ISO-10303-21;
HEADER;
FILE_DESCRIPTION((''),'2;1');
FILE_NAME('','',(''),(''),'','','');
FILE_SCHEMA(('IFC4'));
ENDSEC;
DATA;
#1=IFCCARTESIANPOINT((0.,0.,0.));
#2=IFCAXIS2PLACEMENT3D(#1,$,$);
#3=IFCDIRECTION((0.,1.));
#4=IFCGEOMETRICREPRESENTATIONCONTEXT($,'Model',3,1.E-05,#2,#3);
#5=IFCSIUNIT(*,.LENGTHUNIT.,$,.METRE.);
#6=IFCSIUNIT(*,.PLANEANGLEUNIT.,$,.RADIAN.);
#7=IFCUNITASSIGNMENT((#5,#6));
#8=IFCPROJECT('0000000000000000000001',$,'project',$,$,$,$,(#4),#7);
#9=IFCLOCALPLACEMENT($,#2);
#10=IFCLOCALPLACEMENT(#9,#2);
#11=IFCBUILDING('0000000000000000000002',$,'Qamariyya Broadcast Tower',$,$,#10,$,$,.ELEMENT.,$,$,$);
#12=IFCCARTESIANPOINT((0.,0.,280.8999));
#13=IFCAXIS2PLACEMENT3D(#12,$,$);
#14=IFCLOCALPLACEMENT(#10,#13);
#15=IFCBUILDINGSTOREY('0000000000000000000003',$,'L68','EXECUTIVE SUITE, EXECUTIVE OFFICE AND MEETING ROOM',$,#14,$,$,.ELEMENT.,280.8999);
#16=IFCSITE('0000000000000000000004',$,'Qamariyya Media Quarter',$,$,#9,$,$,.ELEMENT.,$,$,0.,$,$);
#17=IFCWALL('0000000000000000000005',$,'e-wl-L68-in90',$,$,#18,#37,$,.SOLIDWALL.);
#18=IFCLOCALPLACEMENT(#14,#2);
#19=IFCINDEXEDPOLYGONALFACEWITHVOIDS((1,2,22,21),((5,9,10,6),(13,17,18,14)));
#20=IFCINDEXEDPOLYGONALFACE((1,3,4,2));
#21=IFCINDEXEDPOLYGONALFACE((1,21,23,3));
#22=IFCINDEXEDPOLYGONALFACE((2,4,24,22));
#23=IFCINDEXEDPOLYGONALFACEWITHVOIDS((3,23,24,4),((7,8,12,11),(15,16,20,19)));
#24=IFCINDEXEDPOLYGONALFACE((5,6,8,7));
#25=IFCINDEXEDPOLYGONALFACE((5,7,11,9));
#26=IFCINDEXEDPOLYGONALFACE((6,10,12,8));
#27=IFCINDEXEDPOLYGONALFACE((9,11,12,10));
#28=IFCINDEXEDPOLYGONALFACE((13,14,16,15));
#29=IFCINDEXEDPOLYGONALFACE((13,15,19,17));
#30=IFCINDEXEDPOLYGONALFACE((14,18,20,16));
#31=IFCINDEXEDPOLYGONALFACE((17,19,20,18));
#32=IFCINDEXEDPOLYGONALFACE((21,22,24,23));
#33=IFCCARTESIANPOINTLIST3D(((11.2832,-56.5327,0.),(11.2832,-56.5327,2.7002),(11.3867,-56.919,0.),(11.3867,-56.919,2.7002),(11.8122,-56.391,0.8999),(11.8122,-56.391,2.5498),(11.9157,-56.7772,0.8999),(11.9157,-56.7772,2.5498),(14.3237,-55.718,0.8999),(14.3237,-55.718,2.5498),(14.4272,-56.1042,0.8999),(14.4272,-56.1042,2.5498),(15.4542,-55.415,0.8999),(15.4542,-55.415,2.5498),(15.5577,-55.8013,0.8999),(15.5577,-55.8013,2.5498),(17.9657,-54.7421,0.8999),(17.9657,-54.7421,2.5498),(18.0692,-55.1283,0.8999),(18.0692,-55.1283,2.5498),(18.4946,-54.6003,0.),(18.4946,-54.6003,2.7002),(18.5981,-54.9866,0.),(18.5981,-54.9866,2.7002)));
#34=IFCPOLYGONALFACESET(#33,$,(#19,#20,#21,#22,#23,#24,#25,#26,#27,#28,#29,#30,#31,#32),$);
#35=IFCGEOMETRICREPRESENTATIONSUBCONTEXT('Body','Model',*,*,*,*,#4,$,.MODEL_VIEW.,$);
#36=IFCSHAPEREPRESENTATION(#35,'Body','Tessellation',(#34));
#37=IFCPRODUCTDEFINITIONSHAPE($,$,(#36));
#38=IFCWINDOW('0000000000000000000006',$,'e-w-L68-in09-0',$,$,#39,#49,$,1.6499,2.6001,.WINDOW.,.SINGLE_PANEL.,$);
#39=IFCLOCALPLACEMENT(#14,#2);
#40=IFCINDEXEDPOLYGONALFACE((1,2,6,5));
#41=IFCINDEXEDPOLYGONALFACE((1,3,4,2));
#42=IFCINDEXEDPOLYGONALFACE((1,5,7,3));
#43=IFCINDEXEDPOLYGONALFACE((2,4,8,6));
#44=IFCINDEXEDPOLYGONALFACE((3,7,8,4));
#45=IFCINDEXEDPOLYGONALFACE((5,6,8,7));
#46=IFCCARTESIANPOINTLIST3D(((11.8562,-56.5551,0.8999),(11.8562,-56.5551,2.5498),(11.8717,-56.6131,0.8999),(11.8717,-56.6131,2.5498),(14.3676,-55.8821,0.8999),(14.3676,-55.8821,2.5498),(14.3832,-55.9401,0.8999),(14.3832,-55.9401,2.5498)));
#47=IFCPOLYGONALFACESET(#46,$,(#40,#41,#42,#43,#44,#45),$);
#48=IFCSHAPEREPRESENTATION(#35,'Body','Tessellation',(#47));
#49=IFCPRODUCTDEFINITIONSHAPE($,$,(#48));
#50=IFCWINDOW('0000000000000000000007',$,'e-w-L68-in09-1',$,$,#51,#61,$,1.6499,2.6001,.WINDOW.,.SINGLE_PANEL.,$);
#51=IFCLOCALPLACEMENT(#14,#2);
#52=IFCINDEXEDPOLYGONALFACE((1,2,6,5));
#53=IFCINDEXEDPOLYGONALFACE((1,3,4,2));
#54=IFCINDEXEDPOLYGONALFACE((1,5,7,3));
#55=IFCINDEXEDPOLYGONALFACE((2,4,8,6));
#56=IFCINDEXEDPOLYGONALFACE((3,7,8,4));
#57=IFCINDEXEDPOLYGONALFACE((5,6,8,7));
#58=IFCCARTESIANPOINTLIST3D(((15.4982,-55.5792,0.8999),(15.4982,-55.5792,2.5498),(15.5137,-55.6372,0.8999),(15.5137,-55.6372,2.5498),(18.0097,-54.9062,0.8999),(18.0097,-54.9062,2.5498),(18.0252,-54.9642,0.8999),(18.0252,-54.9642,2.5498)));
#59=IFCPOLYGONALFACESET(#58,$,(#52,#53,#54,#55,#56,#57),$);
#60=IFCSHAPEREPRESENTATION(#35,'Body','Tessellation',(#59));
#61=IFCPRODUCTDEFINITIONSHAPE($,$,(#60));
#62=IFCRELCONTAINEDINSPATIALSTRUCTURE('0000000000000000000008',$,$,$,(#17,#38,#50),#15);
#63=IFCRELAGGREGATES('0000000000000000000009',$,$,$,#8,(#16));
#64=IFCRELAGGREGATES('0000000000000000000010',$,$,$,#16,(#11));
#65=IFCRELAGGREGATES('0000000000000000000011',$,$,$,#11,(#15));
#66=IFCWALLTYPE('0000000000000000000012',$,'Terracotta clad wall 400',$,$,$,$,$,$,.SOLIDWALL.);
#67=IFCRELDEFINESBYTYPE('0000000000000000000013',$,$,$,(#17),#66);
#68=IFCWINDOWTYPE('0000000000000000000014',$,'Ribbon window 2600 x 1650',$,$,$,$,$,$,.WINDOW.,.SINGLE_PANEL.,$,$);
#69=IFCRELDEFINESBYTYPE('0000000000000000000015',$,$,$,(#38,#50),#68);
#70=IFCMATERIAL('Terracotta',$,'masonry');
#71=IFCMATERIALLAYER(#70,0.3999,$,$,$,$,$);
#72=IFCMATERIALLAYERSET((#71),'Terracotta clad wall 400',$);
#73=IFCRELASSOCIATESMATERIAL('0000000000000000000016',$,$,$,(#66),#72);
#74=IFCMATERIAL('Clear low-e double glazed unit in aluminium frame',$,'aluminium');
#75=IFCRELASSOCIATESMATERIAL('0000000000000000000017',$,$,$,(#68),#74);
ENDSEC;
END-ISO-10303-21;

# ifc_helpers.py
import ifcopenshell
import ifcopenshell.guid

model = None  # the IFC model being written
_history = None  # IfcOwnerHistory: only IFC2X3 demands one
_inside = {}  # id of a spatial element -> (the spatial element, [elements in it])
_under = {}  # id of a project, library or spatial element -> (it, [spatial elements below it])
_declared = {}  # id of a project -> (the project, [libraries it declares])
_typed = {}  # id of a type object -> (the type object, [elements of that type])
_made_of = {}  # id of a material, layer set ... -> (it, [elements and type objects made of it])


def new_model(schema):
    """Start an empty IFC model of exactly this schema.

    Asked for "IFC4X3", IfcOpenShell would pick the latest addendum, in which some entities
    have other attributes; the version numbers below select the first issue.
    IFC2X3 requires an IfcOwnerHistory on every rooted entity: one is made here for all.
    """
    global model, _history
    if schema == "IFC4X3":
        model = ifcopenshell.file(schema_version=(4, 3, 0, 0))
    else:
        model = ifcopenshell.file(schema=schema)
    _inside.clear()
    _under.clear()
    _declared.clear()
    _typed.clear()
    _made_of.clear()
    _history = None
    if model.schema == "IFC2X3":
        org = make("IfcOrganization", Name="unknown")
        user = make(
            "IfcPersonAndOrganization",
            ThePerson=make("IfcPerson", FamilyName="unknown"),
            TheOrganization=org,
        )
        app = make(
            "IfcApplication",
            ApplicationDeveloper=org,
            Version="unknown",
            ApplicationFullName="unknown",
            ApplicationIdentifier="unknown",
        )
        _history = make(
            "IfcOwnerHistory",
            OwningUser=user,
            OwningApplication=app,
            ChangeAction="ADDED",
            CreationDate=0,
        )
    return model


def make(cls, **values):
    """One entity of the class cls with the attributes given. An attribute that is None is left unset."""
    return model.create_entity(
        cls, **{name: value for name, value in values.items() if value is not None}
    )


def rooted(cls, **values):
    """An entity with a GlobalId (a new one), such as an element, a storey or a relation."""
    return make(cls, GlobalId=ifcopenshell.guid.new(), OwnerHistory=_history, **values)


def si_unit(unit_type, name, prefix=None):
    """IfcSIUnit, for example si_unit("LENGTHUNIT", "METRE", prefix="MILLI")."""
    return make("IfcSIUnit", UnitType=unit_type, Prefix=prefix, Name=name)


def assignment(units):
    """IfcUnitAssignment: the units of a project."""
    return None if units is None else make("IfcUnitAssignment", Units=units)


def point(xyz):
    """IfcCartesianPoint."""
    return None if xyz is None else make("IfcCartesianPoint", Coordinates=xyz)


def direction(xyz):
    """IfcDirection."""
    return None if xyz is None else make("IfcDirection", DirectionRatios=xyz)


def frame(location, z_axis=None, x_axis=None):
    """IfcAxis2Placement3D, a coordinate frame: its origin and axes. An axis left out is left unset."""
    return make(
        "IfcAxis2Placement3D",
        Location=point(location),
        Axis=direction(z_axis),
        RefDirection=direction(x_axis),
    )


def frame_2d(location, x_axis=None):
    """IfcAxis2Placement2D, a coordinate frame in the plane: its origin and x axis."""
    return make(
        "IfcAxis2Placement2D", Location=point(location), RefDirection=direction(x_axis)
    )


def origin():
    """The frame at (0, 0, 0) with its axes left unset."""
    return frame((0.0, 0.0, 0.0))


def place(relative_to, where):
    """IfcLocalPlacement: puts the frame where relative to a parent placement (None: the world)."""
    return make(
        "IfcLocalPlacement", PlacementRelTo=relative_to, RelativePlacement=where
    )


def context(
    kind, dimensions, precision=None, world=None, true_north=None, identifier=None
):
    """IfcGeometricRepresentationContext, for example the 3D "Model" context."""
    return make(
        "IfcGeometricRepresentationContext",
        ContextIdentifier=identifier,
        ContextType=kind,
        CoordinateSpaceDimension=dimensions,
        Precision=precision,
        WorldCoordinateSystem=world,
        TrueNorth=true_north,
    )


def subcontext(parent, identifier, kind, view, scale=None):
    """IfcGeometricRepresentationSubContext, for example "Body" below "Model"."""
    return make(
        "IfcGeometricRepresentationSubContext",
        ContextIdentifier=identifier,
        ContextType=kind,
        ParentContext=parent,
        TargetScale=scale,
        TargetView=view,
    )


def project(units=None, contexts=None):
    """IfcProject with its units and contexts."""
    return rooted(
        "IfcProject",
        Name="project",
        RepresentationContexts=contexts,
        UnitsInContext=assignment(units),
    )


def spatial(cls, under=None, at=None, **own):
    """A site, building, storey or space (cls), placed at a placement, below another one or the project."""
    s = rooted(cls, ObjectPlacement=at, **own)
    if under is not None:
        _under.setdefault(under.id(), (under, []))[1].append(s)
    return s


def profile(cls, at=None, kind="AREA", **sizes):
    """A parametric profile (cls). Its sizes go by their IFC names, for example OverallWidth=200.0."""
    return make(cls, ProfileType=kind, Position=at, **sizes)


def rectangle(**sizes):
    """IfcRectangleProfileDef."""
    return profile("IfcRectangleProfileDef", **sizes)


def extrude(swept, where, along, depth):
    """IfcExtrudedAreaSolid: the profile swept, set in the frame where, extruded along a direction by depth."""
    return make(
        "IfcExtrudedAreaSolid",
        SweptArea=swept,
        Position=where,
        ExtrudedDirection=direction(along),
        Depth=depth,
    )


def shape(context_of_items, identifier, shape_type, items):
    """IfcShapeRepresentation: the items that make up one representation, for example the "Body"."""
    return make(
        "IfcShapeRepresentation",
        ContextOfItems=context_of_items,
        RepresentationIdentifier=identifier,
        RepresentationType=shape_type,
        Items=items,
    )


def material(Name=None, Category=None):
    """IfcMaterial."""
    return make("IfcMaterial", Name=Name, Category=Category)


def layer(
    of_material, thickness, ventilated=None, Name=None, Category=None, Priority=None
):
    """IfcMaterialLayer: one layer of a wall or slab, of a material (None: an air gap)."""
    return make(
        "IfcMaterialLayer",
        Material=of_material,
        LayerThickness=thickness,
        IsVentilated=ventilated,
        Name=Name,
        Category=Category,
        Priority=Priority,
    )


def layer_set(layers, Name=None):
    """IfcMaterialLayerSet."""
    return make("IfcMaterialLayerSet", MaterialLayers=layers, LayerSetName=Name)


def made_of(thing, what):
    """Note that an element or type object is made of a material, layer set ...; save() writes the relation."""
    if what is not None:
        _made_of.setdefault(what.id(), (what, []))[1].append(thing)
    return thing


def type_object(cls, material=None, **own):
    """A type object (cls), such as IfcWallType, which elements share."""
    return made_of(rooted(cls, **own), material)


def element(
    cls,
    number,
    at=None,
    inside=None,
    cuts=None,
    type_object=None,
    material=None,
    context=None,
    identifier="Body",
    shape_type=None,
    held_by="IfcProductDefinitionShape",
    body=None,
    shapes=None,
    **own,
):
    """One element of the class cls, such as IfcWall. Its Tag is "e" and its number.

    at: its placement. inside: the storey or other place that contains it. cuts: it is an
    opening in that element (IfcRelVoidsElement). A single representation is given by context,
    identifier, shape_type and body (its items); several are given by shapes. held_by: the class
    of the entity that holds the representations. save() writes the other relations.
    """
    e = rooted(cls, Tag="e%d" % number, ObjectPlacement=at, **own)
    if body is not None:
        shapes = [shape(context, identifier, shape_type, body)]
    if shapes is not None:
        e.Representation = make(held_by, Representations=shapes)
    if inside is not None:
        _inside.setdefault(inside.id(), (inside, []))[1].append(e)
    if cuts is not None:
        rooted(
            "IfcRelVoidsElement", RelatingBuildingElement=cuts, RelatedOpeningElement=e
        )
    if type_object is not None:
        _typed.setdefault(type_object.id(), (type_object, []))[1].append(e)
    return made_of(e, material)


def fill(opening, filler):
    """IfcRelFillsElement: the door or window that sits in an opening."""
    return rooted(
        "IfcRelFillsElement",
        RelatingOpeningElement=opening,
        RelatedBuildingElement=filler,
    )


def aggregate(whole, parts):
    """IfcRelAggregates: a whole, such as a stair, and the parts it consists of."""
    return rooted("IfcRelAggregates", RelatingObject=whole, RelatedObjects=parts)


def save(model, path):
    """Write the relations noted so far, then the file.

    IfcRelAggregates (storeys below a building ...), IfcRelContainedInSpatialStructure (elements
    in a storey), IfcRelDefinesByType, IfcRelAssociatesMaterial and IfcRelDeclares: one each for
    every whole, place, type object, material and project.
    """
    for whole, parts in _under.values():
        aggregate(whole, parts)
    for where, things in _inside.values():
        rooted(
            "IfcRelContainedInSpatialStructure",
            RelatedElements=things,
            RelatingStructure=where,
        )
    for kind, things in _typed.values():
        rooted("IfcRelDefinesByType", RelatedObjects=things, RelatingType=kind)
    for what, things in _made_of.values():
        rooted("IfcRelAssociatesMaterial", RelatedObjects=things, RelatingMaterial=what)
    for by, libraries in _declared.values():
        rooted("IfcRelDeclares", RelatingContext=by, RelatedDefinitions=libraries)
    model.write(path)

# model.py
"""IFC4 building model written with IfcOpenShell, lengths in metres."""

from ifc_helpers import new_model, si_unit, direction, frame, frame_2d, origin, place, context, subcontext, project, spatial, rectangle, extrude, material, layer, layer_set, type_object, element, fill, save


model = new_model("IFC4")

# Units and contexts
model_context = context("Model", 3, precision=1e-05, world=origin(), true_north=direction((0.0, 1.0)))
body_context = subcontext(model_context, "Body", "Model", "MODEL_VIEW")
ifc_project = project(units=[si_unit("LENGTHUNIT", "METRE"), si_unit("PLANEANGLEUNIT", "RADIAN")], contexts=[model_context])

# Site, building, storey
site_placement = place(None, origin())
site = spatial("IfcSite", under=ifc_project, at=site_placement, Name="Qamariyya Media Quarter", CompositionType="ELEMENT", RefElevation=0.0)
building_placement = place(site_placement, origin())
building = spatial("IfcBuilding", under=site, at=building_placement, Name="Qamariyya Broadcast Tower", CompositionType="ELEMENT")
storey_placement = place(building_placement, frame((0.0, 0.0, 280.8999)))
storey = spatial("IfcBuildingStorey", under=building, at=storey_placement, Name="L68", Description="EXECUTIVE SUITE, EXECUTIVE OFFICE AND MEETING ROOM", CompositionType="ELEMENT", Elevation=280.8999)

# Wall, openings, windows
ifc_material_1 = material(Name="Terracotta", Category="masonry")
ifc_layer_1 = layer(ifc_material_1, 0.3999)
ifc_layer_set_1 = layer_set([ifc_layer_1], Name="Terracotta clad wall 400")
wall_type_1 = type_object("IfcWallType", Name="Terracotta clad wall 400", PredefinedType="SOLIDWALL", material=ifc_layer_set_1)
ifc_material_2 = material(Name="Clear low-e double glazed unit in aluminium frame", Category="aluminium")
window_type = type_object("IfcWindowType", Name="Ribbon window 2600 x 1650", PartitioningType="SINGLE_PANEL", PredefinedType="WINDOW", material=ifc_material_2)
wall_1_placement = place(storey_placement, frame((18.5464, -54.7935, 0.0), z_axis=(0.0, 0.0, 1.0), x_axis=(-0.965923, -0.258829, 0.0)))
wall_1 = element("IfcWall", 1, at=wall_1_placement, inside=storey, type_object=wall_type_1, Name="e-wl-L68-in90", PredefinedType="SOLIDWALL", context=body_context, shape_type="SweptSolid", body=[
    extrude(rectangle(XDim=7.4658, YDim=0.3999, at=frame_2d((3.7329, 0.0))), origin(), (0.0, 0.0, 1.0), 2.7002),
])
opening_1_placement = place(wall_1_placement, frame((4.3181, 0.0, 0.8999)))
opening_1 = element("IfcOpeningElement", 2, at=opening_1_placement, cuts=wall_1, PredefinedType="OPENING", context=body_context, shape_type="SweptSolid", body=[
    extrude(rectangle(XDim=2.6001, YDim=1.6499, at=frame_2d((1.3, 0.825))), frame((0.0, 0.21, 0.0), z_axis=(0.0, -1.0, 0.0), x_axis=(1.0, 0.0, 0.0)), (0.0, 0.0, 1.0), 0.4199),
])
opening_2_placement = place(wall_1_placement, frame((0.5476, 0.0, 0.8999)))
opening_2 = element("IfcOpeningElement", 3, at=opening_2_placement, cuts=wall_1, PredefinedType="OPENING", context=body_context, shape_type="SweptSolid", body=[
    extrude(rectangle(XDim=2.6001, YDim=1.6499, at=frame_2d((1.3, 0.825))), frame((0.0, 0.21, 0.0), z_axis=(0.0, -1.0, 0.0), x_axis=(1.0, 0.0, 0.0)), (0.0, 0.0, 1.0), 0.4199),
])
window_1_placement = place(opening_1_placement, origin())
window_1 = element("IfcWindow", 4, at=window_1_placement, inside=storey, type_object=window_type, Name="e-w-L68-in09-0", OverallHeight=1.6499, OverallWidth=2.6001, PartitioningType="SINGLE_PANEL", PredefinedType="WINDOW", context=body_context, shape_type="SweptSolid", body=[
    extrude(rectangle(XDim=2.6001, YDim=1.6499, at=frame_2d((1.3, 0.825))), frame((0.0, 0.03, 0.0), z_axis=(0.0, -1.0, 0.0), x_axis=(1.0, 0.0, 0.0)), (0.0, 0.0, 1.0), 0.0601),
])
fill(opening_1, window_1)
window_2_placement = place(opening_2_placement, origin())
window_2 = element("IfcWindow", 5, at=window_2_placement, inside=storey, type_object=window_type, Name="e-w-L68-in09-1", OverallHeight=1.6499, OverallWidth=2.6001, PartitioningType="SINGLE_PANEL", PredefinedType="WINDOW", context=body_context, shape_type="SweptSolid", body=[
    extrude(rectangle(XDim=2.6001, YDim=1.6499, at=frame_2d((1.3, 0.825))), frame((0.0, 0.03, 0.0), z_axis=(0.0, -1.0, 0.0), x_axis=(1.0, 0.0, 0.0)), (0.0, 0.0, 1.0), 0.0601),
])
fill(opening_2, window_2)

save(model, "model.ifc")
